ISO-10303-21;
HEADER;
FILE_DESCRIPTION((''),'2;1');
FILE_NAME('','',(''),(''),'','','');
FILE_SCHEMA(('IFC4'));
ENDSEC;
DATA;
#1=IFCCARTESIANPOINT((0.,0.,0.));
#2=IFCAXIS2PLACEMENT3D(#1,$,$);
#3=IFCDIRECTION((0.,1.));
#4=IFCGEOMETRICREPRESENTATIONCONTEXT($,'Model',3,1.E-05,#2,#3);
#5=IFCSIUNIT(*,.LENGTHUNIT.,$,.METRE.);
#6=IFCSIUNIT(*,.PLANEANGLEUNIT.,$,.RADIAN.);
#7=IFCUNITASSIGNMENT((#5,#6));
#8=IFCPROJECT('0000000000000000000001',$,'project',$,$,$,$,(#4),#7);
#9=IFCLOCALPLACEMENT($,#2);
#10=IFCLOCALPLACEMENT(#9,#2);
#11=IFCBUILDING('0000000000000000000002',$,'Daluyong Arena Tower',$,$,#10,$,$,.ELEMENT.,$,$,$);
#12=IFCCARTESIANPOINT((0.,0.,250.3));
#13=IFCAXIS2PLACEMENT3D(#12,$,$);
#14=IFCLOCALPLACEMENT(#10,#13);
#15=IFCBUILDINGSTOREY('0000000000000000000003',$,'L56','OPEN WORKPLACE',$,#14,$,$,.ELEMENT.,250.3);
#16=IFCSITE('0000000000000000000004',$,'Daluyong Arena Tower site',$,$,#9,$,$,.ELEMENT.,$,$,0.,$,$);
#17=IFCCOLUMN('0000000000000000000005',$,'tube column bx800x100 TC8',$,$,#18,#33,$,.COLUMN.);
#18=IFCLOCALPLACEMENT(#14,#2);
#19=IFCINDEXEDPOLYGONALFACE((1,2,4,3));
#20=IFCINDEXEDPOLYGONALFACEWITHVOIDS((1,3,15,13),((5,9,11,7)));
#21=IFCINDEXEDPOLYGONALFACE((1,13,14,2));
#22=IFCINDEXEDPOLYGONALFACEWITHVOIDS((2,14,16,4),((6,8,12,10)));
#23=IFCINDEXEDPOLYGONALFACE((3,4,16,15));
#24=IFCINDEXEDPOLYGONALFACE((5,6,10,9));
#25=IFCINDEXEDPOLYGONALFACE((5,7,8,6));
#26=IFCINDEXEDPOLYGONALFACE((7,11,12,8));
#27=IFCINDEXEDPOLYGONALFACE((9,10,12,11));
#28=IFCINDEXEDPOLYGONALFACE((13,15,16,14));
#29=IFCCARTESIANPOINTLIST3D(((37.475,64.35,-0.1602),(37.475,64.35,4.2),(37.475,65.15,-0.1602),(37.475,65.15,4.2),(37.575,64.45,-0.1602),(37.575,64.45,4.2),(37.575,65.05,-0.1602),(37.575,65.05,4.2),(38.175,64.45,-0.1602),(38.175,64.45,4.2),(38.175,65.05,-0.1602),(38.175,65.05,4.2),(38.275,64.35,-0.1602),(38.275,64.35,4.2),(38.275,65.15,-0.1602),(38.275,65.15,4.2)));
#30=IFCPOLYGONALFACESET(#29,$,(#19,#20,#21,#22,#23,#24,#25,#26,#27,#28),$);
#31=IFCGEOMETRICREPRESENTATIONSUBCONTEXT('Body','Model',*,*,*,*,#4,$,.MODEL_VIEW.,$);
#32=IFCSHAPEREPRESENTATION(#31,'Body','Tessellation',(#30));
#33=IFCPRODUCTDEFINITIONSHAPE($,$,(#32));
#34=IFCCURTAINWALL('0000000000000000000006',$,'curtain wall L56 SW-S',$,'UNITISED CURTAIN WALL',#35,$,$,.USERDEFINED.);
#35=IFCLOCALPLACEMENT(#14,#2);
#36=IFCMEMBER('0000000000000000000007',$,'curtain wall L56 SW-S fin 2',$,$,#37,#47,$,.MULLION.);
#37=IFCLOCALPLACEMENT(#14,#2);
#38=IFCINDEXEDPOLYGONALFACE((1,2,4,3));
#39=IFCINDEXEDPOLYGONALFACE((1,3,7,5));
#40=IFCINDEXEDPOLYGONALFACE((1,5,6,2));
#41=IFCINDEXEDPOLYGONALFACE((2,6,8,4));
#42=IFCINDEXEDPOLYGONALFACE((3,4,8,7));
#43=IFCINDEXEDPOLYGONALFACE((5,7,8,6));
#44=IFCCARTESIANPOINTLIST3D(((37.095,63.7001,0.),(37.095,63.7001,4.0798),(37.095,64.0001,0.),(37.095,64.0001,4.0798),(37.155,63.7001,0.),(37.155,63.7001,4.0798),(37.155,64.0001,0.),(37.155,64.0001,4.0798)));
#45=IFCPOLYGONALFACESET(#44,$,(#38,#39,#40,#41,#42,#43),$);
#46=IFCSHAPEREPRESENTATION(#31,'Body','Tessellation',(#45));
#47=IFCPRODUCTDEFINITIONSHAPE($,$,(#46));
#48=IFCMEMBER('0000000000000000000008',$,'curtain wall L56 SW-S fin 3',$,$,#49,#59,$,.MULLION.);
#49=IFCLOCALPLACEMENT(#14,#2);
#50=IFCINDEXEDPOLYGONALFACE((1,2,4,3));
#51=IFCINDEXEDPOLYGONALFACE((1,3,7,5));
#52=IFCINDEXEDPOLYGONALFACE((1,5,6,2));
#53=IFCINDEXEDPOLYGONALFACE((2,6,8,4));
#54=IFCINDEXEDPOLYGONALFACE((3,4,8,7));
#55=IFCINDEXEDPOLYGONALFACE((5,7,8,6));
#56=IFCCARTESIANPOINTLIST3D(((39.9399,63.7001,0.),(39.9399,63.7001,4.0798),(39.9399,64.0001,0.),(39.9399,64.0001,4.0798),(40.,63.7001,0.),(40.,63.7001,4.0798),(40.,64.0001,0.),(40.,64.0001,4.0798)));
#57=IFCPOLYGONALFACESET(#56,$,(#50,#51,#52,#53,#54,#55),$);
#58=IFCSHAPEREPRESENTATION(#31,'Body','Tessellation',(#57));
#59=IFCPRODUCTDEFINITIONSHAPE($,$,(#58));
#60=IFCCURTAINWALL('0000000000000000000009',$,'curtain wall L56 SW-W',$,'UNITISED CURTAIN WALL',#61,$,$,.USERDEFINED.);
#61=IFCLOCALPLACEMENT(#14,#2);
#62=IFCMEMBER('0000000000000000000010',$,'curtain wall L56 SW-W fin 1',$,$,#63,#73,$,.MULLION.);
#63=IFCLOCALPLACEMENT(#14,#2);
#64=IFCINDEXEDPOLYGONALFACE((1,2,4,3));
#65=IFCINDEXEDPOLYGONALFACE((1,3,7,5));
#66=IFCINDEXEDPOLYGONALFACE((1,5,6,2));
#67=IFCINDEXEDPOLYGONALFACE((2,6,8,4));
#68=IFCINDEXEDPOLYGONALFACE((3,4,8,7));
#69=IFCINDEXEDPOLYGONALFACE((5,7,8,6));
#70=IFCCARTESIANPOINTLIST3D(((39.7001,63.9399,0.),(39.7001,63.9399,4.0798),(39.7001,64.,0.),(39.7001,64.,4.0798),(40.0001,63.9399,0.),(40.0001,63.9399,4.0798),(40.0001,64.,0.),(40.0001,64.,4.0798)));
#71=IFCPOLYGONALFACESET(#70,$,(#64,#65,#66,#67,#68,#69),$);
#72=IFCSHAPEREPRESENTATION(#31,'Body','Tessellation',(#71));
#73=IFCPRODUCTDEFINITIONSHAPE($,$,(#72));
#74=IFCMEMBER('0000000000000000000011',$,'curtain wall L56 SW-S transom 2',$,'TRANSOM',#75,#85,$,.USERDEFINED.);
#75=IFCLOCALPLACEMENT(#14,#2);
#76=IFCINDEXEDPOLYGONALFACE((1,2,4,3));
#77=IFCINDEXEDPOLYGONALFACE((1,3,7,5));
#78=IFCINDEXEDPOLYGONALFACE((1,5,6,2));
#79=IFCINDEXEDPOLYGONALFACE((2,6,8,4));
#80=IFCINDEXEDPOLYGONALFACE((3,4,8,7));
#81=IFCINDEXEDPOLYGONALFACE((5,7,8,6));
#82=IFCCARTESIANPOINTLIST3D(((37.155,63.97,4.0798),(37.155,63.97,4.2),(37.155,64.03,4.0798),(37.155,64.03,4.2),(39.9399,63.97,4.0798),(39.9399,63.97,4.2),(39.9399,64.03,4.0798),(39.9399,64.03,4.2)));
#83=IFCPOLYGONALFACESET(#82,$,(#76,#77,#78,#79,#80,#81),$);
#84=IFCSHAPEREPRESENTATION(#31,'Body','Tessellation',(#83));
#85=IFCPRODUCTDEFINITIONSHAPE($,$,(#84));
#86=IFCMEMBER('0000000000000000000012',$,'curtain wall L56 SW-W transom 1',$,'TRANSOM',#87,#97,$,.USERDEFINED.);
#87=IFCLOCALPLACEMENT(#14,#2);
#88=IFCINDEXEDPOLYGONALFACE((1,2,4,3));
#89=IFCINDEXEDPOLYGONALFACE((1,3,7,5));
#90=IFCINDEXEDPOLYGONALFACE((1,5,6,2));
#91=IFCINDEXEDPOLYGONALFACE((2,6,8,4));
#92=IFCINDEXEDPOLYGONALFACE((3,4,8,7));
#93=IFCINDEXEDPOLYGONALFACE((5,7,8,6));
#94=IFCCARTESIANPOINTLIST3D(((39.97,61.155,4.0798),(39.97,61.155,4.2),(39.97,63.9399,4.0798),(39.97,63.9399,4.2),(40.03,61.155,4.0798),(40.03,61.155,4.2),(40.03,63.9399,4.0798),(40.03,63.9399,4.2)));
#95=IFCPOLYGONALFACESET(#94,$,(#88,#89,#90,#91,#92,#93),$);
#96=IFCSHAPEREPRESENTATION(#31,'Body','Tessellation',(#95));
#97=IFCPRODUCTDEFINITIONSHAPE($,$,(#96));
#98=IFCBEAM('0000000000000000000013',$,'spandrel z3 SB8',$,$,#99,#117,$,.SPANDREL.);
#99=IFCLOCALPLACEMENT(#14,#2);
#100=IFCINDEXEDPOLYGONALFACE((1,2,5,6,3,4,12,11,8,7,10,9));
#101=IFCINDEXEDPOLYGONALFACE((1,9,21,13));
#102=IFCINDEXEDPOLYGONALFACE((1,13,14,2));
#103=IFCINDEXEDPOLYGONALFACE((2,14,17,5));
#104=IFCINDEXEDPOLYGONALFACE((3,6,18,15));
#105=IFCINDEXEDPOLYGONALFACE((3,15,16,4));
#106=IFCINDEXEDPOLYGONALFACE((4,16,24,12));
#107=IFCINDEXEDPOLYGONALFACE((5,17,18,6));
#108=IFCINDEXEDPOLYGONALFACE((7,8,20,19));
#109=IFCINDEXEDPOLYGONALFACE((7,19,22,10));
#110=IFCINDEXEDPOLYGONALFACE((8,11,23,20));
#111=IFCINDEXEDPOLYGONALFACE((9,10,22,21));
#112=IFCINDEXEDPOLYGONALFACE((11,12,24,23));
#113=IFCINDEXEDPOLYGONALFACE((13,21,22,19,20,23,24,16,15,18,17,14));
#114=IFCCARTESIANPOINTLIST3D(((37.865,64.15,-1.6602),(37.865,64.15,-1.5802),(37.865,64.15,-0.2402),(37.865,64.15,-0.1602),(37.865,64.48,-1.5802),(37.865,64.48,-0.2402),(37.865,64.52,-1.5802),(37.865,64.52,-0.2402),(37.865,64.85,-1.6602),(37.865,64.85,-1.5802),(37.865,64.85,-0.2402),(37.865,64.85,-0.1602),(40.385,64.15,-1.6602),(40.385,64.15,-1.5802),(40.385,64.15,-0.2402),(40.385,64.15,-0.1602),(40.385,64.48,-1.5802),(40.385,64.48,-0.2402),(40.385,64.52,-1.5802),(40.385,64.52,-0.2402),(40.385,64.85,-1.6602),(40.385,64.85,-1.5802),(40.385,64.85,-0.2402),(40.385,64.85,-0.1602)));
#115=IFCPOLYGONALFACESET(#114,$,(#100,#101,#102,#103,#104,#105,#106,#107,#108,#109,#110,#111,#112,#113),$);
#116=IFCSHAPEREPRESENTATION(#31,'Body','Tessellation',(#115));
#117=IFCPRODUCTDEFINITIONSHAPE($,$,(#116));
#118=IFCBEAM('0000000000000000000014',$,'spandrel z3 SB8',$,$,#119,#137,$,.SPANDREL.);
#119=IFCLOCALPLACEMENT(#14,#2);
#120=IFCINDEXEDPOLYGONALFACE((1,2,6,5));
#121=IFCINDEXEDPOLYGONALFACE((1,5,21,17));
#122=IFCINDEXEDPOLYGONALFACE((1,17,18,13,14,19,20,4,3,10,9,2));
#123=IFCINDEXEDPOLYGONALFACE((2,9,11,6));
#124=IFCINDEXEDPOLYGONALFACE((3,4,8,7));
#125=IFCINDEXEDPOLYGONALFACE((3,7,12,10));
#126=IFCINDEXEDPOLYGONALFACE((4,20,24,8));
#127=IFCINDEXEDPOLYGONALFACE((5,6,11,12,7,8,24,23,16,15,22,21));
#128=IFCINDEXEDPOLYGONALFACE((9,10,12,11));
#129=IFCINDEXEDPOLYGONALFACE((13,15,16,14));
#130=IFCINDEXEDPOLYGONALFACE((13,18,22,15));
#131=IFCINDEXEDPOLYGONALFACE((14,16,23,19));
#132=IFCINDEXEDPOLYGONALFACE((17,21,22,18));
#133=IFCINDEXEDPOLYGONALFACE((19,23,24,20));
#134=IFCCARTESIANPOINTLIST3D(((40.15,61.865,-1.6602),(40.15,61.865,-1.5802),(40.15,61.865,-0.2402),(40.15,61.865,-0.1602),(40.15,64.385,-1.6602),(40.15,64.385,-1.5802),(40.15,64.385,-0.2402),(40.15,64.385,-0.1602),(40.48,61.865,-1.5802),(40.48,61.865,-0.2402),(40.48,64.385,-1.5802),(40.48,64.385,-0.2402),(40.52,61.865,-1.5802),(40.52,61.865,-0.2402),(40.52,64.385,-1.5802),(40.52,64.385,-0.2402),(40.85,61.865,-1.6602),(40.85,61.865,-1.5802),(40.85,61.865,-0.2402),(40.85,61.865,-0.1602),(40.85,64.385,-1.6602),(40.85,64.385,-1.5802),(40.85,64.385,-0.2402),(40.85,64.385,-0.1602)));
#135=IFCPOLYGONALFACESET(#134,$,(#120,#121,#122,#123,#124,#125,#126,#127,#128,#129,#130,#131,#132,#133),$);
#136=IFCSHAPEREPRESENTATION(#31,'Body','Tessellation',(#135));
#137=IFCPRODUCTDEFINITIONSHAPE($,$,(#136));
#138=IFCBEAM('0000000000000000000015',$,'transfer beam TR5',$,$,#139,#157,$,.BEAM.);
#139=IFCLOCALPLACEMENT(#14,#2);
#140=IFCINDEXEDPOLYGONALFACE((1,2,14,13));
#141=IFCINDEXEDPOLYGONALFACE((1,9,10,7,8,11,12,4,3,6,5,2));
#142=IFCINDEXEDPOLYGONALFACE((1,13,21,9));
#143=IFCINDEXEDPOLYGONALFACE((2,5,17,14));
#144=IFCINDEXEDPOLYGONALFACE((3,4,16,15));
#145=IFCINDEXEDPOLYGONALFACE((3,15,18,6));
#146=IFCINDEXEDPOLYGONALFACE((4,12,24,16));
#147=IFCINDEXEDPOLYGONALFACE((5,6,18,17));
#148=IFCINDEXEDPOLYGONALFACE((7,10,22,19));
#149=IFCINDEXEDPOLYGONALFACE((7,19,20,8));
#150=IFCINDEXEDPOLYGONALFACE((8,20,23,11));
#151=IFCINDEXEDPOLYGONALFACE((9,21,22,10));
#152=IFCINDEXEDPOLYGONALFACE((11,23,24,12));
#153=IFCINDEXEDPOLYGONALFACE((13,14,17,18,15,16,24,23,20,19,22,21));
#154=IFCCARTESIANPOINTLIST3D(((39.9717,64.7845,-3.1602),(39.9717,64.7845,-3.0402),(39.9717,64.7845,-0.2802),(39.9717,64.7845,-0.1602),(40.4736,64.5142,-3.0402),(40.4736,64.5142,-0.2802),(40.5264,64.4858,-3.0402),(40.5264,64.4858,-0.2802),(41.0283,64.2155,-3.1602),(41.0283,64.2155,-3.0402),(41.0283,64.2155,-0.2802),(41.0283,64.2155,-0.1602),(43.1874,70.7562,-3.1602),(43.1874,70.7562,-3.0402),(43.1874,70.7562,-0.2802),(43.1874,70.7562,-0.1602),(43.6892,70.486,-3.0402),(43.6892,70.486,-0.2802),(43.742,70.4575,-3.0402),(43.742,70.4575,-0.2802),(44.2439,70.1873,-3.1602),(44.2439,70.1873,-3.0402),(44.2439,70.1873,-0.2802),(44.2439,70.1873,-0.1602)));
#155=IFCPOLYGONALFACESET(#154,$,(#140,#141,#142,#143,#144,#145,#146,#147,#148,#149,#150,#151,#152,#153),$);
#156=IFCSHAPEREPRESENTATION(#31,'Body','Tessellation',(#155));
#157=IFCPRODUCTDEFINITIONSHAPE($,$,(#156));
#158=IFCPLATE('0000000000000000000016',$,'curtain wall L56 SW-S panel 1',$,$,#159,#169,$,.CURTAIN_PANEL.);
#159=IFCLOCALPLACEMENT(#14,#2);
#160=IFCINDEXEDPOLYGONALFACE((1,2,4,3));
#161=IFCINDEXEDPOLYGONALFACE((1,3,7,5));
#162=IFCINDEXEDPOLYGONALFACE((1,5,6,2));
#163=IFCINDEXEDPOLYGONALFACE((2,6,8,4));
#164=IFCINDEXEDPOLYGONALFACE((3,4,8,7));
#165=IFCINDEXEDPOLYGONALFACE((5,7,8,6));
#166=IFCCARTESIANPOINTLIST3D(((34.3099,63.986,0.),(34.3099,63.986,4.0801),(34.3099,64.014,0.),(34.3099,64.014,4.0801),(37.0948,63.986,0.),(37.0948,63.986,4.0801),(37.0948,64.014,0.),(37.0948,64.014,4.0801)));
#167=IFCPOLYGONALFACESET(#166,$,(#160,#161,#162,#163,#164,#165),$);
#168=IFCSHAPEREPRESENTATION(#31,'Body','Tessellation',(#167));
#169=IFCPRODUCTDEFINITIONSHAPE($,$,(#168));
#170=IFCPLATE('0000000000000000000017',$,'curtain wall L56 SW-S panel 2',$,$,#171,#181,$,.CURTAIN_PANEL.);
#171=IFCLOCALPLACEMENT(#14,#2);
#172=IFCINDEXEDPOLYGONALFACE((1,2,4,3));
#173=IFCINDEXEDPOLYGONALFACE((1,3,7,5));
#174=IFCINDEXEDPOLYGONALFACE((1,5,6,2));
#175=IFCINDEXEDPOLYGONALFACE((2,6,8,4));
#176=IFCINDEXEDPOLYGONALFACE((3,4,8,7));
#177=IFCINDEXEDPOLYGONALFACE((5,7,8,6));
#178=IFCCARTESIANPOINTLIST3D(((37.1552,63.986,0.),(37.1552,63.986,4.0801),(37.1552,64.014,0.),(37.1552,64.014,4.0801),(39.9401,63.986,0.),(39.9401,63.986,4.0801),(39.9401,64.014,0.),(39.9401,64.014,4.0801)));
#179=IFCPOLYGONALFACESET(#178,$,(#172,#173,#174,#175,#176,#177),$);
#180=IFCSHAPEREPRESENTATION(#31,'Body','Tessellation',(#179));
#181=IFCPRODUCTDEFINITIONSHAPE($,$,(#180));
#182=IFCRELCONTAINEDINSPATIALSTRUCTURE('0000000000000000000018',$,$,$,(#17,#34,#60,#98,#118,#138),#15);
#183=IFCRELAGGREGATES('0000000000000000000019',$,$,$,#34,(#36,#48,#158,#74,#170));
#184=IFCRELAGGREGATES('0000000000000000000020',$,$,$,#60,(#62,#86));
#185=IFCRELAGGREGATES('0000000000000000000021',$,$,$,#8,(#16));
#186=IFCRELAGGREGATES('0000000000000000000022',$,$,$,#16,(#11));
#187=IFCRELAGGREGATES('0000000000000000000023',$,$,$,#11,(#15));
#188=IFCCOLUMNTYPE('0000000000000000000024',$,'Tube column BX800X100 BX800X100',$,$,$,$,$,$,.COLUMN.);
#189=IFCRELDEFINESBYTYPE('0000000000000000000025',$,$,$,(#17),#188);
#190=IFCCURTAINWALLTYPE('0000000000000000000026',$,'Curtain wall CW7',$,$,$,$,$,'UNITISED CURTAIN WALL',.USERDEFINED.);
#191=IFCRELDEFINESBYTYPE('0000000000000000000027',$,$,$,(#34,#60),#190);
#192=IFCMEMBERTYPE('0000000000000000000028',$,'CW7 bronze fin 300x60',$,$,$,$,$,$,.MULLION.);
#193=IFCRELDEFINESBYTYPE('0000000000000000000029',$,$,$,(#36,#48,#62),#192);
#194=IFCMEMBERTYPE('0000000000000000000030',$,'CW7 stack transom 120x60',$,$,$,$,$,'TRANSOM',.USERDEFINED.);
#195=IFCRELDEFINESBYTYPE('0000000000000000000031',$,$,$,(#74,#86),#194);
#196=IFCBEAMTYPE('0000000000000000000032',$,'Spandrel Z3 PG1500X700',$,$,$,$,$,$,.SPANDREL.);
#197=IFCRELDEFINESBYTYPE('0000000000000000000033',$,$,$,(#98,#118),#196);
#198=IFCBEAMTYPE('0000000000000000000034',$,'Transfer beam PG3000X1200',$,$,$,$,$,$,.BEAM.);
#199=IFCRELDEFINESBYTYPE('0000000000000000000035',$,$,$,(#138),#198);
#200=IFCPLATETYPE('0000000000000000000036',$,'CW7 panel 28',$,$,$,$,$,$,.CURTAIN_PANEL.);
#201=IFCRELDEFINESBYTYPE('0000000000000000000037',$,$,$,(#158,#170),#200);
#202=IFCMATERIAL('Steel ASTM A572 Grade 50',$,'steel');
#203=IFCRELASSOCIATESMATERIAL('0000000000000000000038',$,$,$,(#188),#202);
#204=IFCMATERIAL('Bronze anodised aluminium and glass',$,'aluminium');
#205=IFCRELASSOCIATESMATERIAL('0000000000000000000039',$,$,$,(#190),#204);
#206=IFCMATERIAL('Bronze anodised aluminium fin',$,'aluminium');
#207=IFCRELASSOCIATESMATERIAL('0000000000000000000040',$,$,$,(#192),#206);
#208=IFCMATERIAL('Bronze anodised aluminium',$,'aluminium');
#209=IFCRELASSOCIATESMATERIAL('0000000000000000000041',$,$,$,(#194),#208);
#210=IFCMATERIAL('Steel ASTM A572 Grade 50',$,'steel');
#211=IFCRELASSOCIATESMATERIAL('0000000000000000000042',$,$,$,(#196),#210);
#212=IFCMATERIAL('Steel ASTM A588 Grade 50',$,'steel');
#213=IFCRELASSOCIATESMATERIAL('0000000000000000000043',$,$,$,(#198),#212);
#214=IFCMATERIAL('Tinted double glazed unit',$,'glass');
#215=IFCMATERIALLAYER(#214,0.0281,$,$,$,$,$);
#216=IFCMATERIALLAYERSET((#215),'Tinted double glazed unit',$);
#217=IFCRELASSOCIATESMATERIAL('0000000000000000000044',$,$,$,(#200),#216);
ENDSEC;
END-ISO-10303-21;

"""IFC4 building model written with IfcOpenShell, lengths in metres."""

from ifc_helpers import new_model, si_unit, direction, frame, origin, origin_2d, place, context, subcontext, project, spatial, rectangle, hollow_rectangle, i_section, extrude, material, layer, layer_set, material_profile, profile_set, type_object, element, aggregate, save


model = new_model("IFC4")

# Units and contexts
model_context = context("Model", 3, precision=1e-05, world=origin(), true_north=direction((0.0, 1.0)))
body_context = subcontext(model_context, "Body", "Model", "MODEL_VIEW")
ifc_project = project(units=[si_unit("LENGTHUNIT", "METRE"), si_unit("PLANEANGLEUNIT", "RADIAN")], contexts=[model_context])

# Site, building, storey
site_placement = place(None, origin())
site = spatial("IfcSite", under=ifc_project, at=site_placement, Name="Daluyong Arena Tower site", CompositionType="ELEMENT", RefElevation=0.0)
building_placement = place(site_placement, origin())
building = spatial("IfcBuilding", under=site, at=building_placement, Name="Daluyong Arena Tower", CompositionType="ELEMENT")
storey_placement = place(building_placement, frame((0.0, 0.0, 250.3)))
storey = spatial("IfcBuildingStorey", under=building, at=storey_placement, Name="L56", Description="OPEN WORKPLACE", CompositionType="ELEMENT", Elevation=250.3)

# Column
ifc_material_1 = material(Name="Steel ASTM A572 Grade 50", Category="steel")
ifc_material_profile_1 = material_profile(ifc_material_1, hollow_rectangle(XDim=0.8, YDim=0.8, WallThickness=0.1, at=origin_2d()))
ifc_profile_set_1 = profile_set([ifc_material_profile_1], Name="Steel ASTM A572 Grade 50")
column_type_1 = type_object("IfcColumnType", Name="Tube column BX800X100 BX800X100", PredefinedType="COLUMN", material=ifc_profile_set_1)
column_1_placement = place(storey_placement, frame((37.875, 64.75, -0.1602), z_axis=(0.0, 0.0, 1.0), x_axis=(1.0, 0.0, 0.0)))
element("IfcColumn", 1, at=column_1_placement, inside=storey, type_object=column_type_1, Name="tube column bx800x100 TC8", PredefinedType="COLUMN", context=body_context, shape_type="SweptSolid", body=[
    extrude(hollow_rectangle(XDim=0.8, YDim=0.8, WallThickness=0.1, at=origin_2d()), origin(), (0.0, 0.0, 1.0), 4.3601),
])

# Curtain wall, members
ifc_material_2 = material(Name="Bronze anodised aluminium and glass", Category="aluminium")
curtain_wall_type = type_object("IfcCurtainWallType", Name="Curtain wall CW7", ElementType="UNITISED CURTAIN WALL", PredefinedType="USERDEFINED", material=ifc_material_2)
curtain_wall_1_placement = place(storey_placement, origin())
curtain_wall_1 = element("IfcCurtainWall", 2, at=curtain_wall_1_placement, inside=storey, type_object=curtain_wall_type, Name="curtain wall L56 SW-S", ObjectType="UNITISED CURTAIN WALL", PredefinedType="USERDEFINED")
ifc_material_3 = material(Name="Bronze anodised aluminium fin", Category="aluminium")
ifc_material_profile_2 = material_profile(ifc_material_3, rectangle(XDim=0.3, YDim=0.0601, at=origin_2d()))
ifc_profile_set_2 = profile_set([ifc_material_profile_2], Name="Bronze anodised aluminium fin")
member_type_1 = type_object("IfcMemberType", Name="CW7 bronze fin 300x60", PredefinedType="MULLION", material=ifc_profile_set_2)
member_1_placement = place(storey_placement, frame((37.125, 63.8501, 0.0), z_axis=(0.0, 0.0, 1.0), x_axis=(0.0, 1.0, 0.0)))
member_1 = element("IfcMember", 3, at=member_1_placement, type_object=member_type_1, Name="curtain wall L56 SW-S fin 2", PredefinedType="MULLION", context=body_context, shape_type="SweptSolid", body=[
    extrude(rectangle(XDim=0.3, YDim=0.0601, at=origin_2d()), origin(), (0.0, 0.0, 1.0), 4.0798),
])
member_2_placement = place(storey_placement, frame((39.97, 63.8501, 0.0), z_axis=(0.0, 0.0, 1.0), x_axis=(0.0, 1.0, 0.0)))
member_2 = element("IfcMember", 4, at=member_2_placement, type_object=member_type_1, Name="curtain wall L56 SW-S fin 3", PredefinedType="MULLION", context=body_context, shape_type="SweptSolid", body=[
    extrude(rectangle(XDim=0.3, YDim=0.0601, at=origin_2d()), origin(), (0.0, 0.0, 1.0), 4.0798),
])

# Curtain wall, member
curtain_wall_2_placement = place(storey_placement, origin())
curtain_wall_2 = element("IfcCurtainWall", 5, at=curtain_wall_2_placement, inside=storey, type_object=curtain_wall_type, Name="curtain wall L56 SW-W", ObjectType="UNITISED CURTAIN WALL", PredefinedType="USERDEFINED")
member_3_placement = place(storey_placement, frame((39.8501, 63.97, 0.0), z_axis=(0.0, 0.0, 1.0), x_axis=(1.0, 0.0, 0.0)))
member_3 = element("IfcMember", 6, at=member_3_placement, type_object=member_type_1, Name="curtain wall L56 SW-W fin 1", PredefinedType="MULLION", context=body_context, shape_type="SweptSolid", body=[
    extrude(rectangle(XDim=0.3, YDim=0.0601, at=origin_2d()), origin(), (0.0, 0.0, 1.0), 4.0798),
])

# Members
ifc_material_4 = material(Name="Bronze anodised aluminium", Category="aluminium")
ifc_material_profile_3 = material_profile(ifc_material_4, rectangle(XDim=0.0601, YDim=0.1201, at=origin_2d()))
ifc_profile_set_3 = profile_set([ifc_material_profile_3], Name="Bronze anodised aluminium")
member_type_2 = type_object("IfcMemberType", Name="CW7 stack transom 120x60", ElementType="TRANSOM", PredefinedType="USERDEFINED", material=ifc_profile_set_3)
member_4_placement = place(storey_placement, frame((37.155, 64.0, 4.1399), z_axis=(1.0, 0.0, 0.0), x_axis=(0.0, 1.0, 0.0)))
member_4 = element("IfcMember", 7, at=member_4_placement, type_object=member_type_2, Name="curtain wall L56 SW-S transom 2", ObjectType="TRANSOM", PredefinedType="USERDEFINED", context=body_context, shape_type="SweptSolid", body=[
    extrude(rectangle(XDim=0.0601, YDim=0.1201, at=origin_2d()), origin(), (0.0, 0.0, 1.0), 2.7849),
])
member_5_placement = place(storey_placement, frame((40.0, 63.9399, 4.1399), z_axis=(0.0, -1.0, 0.0), x_axis=(1.0, 0.0, 0.0)))
member_5 = element("IfcMember", 8, at=member_5_placement, type_object=member_type_2, Name="curtain wall L56 SW-W transom 1", ObjectType="TRANSOM", PredefinedType="USERDEFINED", context=body_context, shape_type="SweptSolid", body=[
    extrude(rectangle(XDim=0.0601, YDim=0.1201, at=origin_2d()), origin(), (0.0, 0.0, 1.0), 2.7849),
])

# Beams
ifc_material_5 = material(Name="Steel ASTM A572 Grade 50", Category="steel")
ifc_material_profile_4 = material_profile(ifc_material_5, i_section(OverallWidth=0.7, OverallDepth=1.5, WebThickness=0.04, FlangeThickness=0.08, at=origin_2d()))
ifc_profile_set_4 = profile_set([ifc_material_profile_4], Name="Steel ASTM A572 Grade 50")
beam_type_1 = type_object("IfcBeamType", Name="Spandrel Z3 PG1500X700", PredefinedType="SPANDREL", material=ifc_profile_set_4)
for number, where, z_axis, x_axis, name in (
    (9, (37.865, 64.5, -0.9102), (1.0, 0.0, 0.0), (0.0, 1.0, 0.0), "spandrel z3 SB8"),
    (10, (40.5, 64.385, -0.9102), (0.0, -1.0, 0.0), (1.0, 0.0, 0.0), "spandrel z3 SB8"),
):
    element("IfcBeam", number, at=place(storey_placement, frame(where, z_axis=z_axis, x_axis=x_axis)), inside=storey, type_object=beam_type_1, Name=name, PredefinedType="SPANDREL", context=body_context, shape_type="SweptSolid", body=[
        extrude(i_section(OverallWidth=0.7, OverallDepth=1.5, WebThickness=0.04, FlangeThickness=0.08, at=origin_2d()), origin(), (0.0, 0.0, 1.0), 2.52),
    ])
ifc_material_6 = material(Name="Steel ASTM A588 Grade 50", Category="steel")
ifc_material_profile_5 = material_profile(ifc_material_6, i_section(OverallWidth=1.2, OverallDepth=3.0, WebThickness=0.06, FlangeThickness=0.12, at=origin_2d()))
ifc_profile_set_5 = profile_set([ifc_material_profile_5], Name="Steel ASTM A588 Grade 50")
beam_type_2 = type_object("IfcBeamType", Name="Transfer beam PG3000X1200", PredefinedType="BEAM", material=ifc_profile_set_5)
beam_placement = place(storey_placement, frame((40.5, 64.5, -1.6602), z_axis=(0.474106, 0.880468, 0.0), x_axis=(-0.880468, 0.474106, 0.0)))
element("IfcBeam", 11, at=beam_placement, inside=storey, type_object=beam_type_2, Name="transfer beam TR5", PredefinedType="BEAM", context=body_context, shape_type="SweptSolid", body=[
    extrude(i_section(OverallWidth=1.2, OverallDepth=3.0, WebThickness=0.06, FlangeThickness=0.12, at=origin_2d()), origin(), (0.0, 0.0, 1.0), 6.7825),
])

# Plates
ifc_material_7 = material(Name="Tinted double glazed unit", Category="glass")
ifc_layer_1 = layer(ifc_material_7, 0.0281)
ifc_layer_set_1 = layer_set([ifc_layer_1], Name="Tinted double glazed unit")
plate_type = type_object("IfcPlateType", Name="CW7 panel 28", PredefinedType="CURTAIN_PANEL", material=ifc_layer_set_1)
plate_1_placement = place(storey_placement, frame((35.7024, 64.0, 0.0), z_axis=(0.0, 0.0, 1.0), x_axis=(1.0, 0.0, 0.0)))
plate_1 = element("IfcPlate", 12, at=plate_1_placement, type_object=plate_type, Name="curtain wall L56 SW-S panel 1", PredefinedType="CURTAIN_PANEL", context=body_context, shape_type="SweptSolid", body=[
    extrude(rectangle(XDim=2.7849, YDim=0.0281, at=origin_2d()), origin(), (0.0, 0.0, 1.0), 4.0801),
])
plate_2_placement = place(storey_placement, frame((38.5476, 64.0, 0.0), z_axis=(0.0, 0.0, 1.0), x_axis=(1.0, 0.0, 0.0)))
plate_2 = element("IfcPlate", 13, at=plate_2_placement, type_object=plate_type, Name="curtain wall L56 SW-S panel 2", PredefinedType="CURTAIN_PANEL", context=body_context, shape_type="SweptSolid", body=[
    extrude(rectangle(XDim=2.7849, YDim=0.0281, at=origin_2d()), origin(), (0.0, 0.0, 1.0), 4.0801),
])
aggregate(curtain_wall_1, [member_1, member_2, plate_1, member_4, plate_2])
aggregate(curtain_wall_2, [member_3, member_5])

save(model, "model.ifc")
